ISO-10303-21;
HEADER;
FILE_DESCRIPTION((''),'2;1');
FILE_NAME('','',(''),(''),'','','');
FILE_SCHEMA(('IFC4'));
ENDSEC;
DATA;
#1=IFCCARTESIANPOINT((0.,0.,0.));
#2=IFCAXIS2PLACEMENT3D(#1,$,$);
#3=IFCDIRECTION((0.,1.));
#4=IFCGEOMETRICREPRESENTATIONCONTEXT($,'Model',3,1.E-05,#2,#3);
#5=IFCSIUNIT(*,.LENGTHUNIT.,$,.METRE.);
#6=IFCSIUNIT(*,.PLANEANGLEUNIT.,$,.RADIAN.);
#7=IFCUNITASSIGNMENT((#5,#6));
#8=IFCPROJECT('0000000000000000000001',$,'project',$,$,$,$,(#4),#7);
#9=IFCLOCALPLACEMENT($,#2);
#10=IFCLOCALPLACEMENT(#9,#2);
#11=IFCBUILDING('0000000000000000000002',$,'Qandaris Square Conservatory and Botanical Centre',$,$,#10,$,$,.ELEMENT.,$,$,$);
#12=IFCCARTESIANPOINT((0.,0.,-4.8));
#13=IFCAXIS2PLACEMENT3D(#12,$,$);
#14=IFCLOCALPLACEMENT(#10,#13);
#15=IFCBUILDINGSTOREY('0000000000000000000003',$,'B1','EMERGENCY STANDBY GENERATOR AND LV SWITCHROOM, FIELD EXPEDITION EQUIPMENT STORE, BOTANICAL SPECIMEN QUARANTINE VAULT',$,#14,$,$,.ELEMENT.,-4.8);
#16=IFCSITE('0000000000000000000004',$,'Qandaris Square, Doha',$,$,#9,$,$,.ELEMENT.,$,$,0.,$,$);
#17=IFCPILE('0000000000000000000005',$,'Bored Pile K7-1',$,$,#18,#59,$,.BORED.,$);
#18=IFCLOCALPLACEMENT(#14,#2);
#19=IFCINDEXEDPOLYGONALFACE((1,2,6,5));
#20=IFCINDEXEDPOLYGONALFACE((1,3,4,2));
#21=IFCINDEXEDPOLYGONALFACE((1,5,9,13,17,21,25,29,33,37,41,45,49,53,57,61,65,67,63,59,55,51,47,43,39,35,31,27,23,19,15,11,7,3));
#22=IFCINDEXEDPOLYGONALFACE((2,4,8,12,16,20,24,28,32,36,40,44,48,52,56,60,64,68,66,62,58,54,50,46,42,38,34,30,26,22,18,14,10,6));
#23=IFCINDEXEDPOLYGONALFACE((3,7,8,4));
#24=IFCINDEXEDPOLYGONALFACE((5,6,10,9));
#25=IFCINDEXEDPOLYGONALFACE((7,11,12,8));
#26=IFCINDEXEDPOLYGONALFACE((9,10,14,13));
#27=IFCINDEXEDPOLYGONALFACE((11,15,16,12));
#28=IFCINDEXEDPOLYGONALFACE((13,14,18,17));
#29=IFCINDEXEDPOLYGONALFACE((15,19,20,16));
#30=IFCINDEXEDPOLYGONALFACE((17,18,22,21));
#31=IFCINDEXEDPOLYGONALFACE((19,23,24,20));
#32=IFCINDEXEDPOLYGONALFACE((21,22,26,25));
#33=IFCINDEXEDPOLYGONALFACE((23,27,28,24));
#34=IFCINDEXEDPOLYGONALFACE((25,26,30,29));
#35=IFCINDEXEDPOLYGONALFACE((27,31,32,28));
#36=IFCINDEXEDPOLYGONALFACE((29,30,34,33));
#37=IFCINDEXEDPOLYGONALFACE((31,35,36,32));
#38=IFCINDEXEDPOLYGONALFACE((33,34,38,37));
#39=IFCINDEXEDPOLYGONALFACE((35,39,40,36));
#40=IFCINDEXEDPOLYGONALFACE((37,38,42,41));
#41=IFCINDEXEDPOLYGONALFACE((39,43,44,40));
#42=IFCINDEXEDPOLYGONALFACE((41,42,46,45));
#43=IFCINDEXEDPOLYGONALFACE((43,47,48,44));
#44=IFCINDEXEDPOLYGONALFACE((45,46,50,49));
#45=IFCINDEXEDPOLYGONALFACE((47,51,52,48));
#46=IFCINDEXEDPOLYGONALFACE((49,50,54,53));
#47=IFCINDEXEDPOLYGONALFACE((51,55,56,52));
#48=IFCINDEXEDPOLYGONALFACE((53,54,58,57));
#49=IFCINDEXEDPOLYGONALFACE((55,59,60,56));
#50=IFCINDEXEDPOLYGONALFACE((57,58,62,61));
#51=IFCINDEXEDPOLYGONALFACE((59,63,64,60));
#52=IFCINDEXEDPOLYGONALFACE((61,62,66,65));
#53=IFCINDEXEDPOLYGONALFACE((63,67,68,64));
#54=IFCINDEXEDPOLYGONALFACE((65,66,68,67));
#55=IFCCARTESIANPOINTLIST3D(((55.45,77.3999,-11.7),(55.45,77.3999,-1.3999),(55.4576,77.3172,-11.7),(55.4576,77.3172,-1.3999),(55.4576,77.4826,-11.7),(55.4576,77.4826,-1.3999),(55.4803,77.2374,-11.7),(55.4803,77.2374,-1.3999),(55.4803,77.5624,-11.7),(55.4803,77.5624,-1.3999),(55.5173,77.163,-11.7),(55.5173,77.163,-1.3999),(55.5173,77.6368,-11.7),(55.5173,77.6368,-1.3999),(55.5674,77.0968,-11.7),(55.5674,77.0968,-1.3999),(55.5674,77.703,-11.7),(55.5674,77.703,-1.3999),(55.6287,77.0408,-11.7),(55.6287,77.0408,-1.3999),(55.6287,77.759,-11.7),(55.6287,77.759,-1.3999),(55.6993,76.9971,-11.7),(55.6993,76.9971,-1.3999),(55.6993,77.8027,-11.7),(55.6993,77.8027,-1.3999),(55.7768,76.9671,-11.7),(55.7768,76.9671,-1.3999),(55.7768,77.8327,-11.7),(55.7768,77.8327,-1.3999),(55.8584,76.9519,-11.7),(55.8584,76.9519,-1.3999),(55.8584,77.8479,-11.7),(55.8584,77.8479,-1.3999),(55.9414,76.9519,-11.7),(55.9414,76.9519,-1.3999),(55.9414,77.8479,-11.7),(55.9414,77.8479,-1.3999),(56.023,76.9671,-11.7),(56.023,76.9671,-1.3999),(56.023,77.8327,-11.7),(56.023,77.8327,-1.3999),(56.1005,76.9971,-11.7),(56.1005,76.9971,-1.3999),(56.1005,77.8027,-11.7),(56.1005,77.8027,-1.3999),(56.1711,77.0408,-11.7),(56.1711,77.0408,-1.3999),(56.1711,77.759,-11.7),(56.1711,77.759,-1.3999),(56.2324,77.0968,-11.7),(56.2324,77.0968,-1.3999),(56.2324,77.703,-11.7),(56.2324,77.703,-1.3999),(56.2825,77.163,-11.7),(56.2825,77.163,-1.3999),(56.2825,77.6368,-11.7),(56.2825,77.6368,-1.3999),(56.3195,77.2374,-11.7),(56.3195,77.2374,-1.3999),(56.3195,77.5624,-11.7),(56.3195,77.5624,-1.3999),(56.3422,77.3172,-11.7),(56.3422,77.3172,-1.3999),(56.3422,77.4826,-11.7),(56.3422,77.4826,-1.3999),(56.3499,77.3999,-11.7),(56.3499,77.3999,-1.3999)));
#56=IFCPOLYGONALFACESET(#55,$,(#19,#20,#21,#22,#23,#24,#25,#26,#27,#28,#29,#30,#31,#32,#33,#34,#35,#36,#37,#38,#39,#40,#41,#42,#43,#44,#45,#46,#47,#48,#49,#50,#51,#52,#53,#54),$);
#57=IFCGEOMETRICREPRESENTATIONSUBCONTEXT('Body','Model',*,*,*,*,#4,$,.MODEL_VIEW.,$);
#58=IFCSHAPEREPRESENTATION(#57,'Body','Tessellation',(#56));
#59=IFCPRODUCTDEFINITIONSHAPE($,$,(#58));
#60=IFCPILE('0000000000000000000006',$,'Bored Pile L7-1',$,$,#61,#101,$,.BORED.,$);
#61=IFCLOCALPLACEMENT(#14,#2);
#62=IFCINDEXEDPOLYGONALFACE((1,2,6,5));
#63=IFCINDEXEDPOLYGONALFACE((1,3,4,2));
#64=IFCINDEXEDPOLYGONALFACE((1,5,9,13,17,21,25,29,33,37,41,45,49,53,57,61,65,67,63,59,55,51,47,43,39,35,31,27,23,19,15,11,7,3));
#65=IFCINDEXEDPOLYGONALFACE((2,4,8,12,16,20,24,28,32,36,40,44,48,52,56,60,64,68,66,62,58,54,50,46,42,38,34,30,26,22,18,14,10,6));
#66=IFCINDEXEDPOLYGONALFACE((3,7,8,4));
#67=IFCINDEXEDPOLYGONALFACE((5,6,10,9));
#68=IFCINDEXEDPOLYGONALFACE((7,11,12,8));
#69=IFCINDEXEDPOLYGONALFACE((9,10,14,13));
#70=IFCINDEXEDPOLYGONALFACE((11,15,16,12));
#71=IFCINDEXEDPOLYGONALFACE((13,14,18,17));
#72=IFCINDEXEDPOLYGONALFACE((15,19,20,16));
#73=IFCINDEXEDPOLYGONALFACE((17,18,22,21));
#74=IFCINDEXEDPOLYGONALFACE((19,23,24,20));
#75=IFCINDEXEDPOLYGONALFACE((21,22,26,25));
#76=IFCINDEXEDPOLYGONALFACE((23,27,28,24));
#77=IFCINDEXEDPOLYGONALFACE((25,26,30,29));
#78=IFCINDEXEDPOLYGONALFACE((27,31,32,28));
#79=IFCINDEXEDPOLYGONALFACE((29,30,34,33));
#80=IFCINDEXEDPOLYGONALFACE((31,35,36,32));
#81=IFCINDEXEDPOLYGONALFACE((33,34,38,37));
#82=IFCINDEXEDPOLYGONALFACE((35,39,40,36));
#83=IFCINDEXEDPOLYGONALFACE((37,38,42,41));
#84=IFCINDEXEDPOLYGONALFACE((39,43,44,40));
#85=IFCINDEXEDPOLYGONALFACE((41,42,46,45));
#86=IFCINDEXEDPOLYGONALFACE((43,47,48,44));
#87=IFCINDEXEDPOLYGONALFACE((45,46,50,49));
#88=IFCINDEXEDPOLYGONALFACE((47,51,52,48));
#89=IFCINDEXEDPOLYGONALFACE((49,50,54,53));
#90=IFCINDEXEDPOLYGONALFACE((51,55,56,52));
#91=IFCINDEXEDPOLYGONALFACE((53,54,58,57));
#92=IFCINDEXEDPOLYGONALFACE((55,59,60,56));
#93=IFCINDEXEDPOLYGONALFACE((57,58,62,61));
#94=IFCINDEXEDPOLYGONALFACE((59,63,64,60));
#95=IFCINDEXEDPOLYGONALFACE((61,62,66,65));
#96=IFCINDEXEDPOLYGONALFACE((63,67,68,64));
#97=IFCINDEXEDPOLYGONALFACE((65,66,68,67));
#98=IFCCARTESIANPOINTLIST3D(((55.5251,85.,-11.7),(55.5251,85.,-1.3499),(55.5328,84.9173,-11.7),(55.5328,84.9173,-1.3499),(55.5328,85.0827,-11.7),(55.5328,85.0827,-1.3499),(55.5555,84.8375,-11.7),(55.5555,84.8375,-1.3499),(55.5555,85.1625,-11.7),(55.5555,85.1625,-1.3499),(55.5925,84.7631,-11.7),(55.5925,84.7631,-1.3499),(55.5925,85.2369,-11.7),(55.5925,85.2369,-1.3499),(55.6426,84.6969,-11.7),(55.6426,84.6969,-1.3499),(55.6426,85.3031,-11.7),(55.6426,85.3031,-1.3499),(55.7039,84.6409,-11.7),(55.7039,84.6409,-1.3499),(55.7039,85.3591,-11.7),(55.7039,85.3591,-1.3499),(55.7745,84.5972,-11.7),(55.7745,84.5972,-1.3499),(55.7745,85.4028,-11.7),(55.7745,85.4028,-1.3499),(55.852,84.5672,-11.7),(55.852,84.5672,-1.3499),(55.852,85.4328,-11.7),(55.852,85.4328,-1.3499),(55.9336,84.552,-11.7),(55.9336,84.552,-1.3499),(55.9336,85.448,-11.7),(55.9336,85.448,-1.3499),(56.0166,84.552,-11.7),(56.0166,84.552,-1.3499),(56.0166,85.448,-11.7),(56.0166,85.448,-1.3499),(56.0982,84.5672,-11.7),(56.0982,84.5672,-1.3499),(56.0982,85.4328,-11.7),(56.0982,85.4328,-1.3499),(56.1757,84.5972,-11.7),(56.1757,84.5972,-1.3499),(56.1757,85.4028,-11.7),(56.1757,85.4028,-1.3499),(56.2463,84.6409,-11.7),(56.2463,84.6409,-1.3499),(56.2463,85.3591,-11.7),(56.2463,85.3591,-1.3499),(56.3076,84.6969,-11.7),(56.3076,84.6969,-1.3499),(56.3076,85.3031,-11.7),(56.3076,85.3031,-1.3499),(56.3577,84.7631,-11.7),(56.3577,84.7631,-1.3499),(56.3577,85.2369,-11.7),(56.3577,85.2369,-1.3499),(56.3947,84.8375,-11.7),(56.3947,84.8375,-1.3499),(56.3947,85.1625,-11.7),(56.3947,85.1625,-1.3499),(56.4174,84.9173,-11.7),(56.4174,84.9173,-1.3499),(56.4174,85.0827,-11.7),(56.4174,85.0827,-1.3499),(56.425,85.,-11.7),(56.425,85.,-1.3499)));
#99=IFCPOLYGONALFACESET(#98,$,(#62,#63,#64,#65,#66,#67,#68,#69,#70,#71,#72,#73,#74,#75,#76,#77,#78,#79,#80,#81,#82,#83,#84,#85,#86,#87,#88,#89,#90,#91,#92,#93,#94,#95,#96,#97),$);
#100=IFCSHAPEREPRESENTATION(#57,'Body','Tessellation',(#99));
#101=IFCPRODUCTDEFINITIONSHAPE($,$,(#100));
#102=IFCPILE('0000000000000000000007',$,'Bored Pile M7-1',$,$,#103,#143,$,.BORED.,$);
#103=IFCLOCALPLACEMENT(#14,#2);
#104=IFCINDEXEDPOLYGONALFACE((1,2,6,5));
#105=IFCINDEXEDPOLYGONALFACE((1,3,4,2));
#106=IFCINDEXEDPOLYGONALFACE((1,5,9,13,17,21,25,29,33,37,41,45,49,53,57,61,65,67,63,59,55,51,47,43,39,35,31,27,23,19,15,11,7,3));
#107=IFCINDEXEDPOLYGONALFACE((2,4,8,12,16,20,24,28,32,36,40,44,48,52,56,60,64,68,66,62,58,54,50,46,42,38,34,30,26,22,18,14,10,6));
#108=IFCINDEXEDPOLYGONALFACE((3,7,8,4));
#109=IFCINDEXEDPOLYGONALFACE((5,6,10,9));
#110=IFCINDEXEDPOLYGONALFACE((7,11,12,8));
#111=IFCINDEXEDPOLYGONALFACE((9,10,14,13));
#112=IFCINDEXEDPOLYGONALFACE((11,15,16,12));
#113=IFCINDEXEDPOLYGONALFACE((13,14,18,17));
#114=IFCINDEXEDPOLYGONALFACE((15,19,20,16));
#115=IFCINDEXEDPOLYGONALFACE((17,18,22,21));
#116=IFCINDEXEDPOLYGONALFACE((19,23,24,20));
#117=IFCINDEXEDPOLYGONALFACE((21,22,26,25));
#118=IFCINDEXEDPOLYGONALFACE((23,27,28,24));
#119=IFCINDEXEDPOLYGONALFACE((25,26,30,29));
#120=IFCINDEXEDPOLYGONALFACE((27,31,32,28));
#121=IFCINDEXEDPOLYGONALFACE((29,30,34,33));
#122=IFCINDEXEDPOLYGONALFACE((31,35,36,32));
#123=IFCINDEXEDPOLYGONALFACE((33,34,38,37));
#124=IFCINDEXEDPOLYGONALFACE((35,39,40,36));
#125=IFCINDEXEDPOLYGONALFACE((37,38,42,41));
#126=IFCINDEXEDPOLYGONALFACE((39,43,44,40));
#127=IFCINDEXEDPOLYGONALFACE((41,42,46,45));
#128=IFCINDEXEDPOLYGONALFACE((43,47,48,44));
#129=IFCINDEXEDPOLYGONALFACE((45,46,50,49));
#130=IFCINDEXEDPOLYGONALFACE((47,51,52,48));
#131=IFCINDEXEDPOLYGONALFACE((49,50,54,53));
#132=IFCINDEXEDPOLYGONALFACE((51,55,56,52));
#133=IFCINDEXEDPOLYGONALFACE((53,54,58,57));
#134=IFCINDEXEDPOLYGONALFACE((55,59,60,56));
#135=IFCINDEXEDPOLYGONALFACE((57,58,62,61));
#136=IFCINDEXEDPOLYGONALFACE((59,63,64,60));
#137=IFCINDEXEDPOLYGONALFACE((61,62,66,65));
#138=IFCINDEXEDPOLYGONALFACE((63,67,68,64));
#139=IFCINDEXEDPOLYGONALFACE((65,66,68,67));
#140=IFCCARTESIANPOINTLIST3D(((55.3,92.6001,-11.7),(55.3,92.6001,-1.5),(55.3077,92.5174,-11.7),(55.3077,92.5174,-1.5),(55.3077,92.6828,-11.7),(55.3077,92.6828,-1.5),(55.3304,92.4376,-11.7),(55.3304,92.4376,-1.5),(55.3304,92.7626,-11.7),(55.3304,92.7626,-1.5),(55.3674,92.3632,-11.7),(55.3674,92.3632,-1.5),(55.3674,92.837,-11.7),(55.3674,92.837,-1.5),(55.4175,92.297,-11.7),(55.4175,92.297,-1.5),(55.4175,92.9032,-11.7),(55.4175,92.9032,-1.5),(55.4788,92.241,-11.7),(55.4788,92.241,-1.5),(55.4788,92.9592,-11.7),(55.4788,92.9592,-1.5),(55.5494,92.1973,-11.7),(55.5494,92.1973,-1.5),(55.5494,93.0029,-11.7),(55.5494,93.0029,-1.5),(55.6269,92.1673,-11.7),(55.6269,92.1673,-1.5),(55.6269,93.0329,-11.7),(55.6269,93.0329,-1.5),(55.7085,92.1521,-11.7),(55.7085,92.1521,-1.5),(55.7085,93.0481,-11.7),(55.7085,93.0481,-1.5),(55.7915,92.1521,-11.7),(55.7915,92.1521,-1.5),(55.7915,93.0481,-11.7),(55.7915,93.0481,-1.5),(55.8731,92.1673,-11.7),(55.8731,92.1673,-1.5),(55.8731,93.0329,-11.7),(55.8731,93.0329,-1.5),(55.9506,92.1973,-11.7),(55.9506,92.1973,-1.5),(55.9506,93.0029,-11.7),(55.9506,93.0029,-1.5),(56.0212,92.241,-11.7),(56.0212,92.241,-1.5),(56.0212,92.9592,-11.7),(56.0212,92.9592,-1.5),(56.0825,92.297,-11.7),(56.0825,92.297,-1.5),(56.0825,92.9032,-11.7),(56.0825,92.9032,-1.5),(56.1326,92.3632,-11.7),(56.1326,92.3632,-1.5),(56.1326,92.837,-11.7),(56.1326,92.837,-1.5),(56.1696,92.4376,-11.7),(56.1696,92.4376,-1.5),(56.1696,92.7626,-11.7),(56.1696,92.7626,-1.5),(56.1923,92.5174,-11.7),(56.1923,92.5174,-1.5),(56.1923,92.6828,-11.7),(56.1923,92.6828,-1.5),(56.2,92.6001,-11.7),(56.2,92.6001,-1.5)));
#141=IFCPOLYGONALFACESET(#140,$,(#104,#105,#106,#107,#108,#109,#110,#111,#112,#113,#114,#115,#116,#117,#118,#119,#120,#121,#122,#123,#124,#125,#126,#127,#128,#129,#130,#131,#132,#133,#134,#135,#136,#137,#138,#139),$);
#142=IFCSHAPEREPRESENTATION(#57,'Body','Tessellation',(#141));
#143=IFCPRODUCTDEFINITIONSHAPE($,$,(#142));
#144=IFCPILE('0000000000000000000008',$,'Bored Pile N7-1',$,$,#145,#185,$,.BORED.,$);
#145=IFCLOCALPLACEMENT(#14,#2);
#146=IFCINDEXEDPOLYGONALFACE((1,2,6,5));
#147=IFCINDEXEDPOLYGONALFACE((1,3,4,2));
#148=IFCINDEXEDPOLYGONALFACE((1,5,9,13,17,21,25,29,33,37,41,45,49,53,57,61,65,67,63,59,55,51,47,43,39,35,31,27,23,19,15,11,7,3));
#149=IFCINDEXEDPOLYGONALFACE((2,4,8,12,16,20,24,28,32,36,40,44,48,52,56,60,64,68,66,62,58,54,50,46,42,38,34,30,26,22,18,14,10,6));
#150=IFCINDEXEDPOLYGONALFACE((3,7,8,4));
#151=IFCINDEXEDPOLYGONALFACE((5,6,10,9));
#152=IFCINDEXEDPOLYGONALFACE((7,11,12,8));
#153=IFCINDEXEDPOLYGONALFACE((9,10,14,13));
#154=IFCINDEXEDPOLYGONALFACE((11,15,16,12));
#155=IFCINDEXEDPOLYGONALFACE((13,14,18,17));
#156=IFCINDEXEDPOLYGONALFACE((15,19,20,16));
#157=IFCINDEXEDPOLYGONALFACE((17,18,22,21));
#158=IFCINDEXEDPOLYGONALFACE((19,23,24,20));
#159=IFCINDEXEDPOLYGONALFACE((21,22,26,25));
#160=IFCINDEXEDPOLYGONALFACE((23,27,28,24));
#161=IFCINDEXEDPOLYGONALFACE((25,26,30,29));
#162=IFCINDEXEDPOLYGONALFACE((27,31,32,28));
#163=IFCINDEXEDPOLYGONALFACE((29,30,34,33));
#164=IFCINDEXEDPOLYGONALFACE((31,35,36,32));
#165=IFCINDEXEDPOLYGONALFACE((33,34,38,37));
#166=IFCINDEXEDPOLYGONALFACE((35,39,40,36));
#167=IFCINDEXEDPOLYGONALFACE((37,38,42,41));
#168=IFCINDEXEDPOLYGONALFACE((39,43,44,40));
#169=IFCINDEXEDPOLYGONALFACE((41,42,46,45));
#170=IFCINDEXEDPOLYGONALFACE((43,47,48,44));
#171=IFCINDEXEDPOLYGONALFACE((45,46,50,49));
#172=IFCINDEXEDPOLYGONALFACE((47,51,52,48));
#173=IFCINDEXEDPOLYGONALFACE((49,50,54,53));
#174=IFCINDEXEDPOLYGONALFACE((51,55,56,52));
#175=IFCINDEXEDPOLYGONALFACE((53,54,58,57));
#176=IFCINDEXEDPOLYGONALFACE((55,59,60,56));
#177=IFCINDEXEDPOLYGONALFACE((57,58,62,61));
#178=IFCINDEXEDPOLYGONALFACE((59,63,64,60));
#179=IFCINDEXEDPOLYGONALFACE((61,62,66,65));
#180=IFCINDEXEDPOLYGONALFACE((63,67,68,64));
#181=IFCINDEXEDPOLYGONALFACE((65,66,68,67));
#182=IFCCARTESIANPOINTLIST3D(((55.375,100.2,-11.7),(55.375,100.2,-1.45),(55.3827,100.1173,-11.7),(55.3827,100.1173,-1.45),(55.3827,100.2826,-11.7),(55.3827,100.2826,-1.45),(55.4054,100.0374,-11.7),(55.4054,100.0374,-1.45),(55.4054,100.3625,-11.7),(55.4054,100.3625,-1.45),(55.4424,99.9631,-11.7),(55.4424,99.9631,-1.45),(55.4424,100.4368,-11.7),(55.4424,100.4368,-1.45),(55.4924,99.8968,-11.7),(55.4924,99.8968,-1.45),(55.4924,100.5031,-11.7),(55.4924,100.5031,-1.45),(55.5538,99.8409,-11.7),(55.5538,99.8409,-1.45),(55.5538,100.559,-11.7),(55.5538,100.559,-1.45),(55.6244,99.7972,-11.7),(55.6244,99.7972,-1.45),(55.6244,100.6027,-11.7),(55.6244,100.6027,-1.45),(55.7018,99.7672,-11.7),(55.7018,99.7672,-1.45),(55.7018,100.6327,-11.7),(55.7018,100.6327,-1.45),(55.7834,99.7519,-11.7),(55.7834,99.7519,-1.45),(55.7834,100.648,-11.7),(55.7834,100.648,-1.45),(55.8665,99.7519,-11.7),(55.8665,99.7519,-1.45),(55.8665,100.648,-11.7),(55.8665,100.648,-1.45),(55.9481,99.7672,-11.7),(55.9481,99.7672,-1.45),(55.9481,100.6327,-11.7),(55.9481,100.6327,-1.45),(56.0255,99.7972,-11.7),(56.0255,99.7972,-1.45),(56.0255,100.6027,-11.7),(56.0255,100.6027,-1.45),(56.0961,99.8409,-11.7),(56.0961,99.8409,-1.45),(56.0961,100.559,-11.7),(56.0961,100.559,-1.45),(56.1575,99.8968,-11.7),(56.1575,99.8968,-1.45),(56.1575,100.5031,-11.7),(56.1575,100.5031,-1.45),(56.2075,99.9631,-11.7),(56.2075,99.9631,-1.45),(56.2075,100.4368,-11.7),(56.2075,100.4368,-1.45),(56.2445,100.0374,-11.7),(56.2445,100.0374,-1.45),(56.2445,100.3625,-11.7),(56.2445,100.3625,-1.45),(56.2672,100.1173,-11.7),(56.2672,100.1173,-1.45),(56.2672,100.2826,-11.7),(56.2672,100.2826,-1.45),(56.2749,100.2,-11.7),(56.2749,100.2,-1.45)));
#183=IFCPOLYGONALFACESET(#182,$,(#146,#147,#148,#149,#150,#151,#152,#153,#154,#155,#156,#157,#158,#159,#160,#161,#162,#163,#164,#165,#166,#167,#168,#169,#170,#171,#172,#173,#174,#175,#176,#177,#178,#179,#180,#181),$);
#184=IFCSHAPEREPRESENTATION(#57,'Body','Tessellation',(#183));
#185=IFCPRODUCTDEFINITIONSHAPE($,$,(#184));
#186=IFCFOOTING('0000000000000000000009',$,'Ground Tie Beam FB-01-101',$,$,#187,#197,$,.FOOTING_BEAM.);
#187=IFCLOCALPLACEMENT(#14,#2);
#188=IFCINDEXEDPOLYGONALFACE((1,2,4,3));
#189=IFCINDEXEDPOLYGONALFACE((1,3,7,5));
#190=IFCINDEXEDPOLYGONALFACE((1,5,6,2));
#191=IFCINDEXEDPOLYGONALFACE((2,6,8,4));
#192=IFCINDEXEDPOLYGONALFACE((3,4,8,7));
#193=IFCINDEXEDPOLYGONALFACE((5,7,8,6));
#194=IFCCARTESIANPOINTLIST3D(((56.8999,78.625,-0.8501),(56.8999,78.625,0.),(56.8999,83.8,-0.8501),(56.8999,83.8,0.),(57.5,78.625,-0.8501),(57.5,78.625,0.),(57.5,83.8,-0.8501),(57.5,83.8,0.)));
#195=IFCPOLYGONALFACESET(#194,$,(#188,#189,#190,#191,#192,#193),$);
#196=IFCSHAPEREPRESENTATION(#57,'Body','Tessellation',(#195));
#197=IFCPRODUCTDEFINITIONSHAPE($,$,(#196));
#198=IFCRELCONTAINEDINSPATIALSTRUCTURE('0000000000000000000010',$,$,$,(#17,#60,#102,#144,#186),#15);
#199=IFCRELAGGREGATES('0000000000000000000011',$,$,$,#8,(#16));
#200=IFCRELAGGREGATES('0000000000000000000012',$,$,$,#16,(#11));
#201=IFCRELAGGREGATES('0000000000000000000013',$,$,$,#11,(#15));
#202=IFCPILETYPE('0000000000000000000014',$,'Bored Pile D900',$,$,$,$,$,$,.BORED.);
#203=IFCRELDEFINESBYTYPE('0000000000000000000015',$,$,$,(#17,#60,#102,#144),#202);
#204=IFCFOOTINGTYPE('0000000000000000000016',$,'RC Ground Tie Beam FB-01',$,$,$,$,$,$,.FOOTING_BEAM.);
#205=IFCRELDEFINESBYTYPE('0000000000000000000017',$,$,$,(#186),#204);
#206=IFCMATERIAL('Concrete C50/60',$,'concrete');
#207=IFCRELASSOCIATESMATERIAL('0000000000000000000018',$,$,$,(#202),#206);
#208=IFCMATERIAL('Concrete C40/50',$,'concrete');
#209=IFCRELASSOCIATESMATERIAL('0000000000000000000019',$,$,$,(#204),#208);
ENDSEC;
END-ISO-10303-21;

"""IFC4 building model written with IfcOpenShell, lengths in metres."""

from ifc_helpers import new_model, si_unit, direction, frame, origin, origin_2d, place, context, subcontext, project, spatial, rectangle, circle, extrude, material, material_profile, profile_set, type_object, element, save


model = new_model("IFC4")

# Units and contexts
model_context = context("Model", 3, precision=1e-05, world=origin(), true_north=direction((0.0, 1.0)))
body_context = subcontext(model_context, "Body", "Model", "MODEL_VIEW")
ifc_project = project(units=[si_unit("LENGTHUNIT", "METRE"), si_unit("PLANEANGLEUNIT", "RADIAN")], contexts=[model_context])

# Site, building, storey
site_placement = place(None, origin())
site = spatial("IfcSite", under=ifc_project, at=site_placement, Name="Qandaris Square, Doha", CompositionType="ELEMENT", RefElevation=0.0)
building_placement = place(site_placement, origin())
building = spatial("IfcBuilding", under=site, at=building_placement, Name="Qandaris Square Conservatory and Botanical Centre", CompositionType="ELEMENT")
storey_placement = place(building_placement, frame((0.0, 0.0, -4.8)))
storey = spatial("IfcBuildingStorey", under=building, at=storey_placement, Name="B1", Description="EMERGENCY STANDBY GENERATOR AND LV SWITCHROOM, FIELD EXPEDITION EQUIPMENT STORE, BOTANICAL SPECIMEN QUARANTINE VAULT", CompositionType="ELEMENT", Elevation=-4.8)

# Piles
ifc_material_1 = material(Name="Concrete C50/60", Category="concrete")
ifc_material_profile_1 = material_profile(ifc_material_1, circle(Radius=0.45, at=origin_2d()), Name="PILE D900")
ifc_profile_set_1 = profile_set([ifc_material_profile_1], Name="Concrete C50/60")
pile_type = type_object("IfcPileType", Name="Bored Pile D900", PredefinedType="BORED", material=ifc_profile_set_1)
pile_1_placement = place(storey_placement, frame((55.8999, 77.3999, -1.3999), z_axis=(0.0, 0.0, -1.0), x_axis=(1.0, 0.0, 0.0)))
element("IfcPile", 1, at=pile_1_placement, inside=storey, type_object=pile_type, Name="Bored Pile K7-1", PredefinedType="BORED", context=body_context, shape_type="SweptSolid", body=[
    extrude(circle(Radius=0.45, at=origin_2d()), origin(), (0.0, 0.0, 1.0), 10.3),
])
pile_2_placement = place(storey_placement, frame((55.9751, 85.0, -1.3499), z_axis=(0.0, 0.0, -1.0), x_axis=(1.0, 0.0, 0.0)))
element("IfcPile", 2, at=pile_2_placement, inside=storey, type_object=pile_type, Name="Bored Pile L7-1", PredefinedType="BORED", context=body_context, shape_type="SweptSolid", body=[
    extrude(circle(Radius=0.45, at=origin_2d()), origin(), (0.0, 0.0, 1.0), 10.3501),
])
pile_3_placement = place(storey_placement, frame((55.75, 92.6001, -1.5), z_axis=(0.0, 0.0, -1.0), x_axis=(1.0, 0.0, 0.0)))
element("IfcPile", 3, at=pile_3_placement, inside=storey, type_object=pile_type, Name="Bored Pile M7-1", PredefinedType="BORED", context=body_context, shape_type="SweptSolid", body=[
    extrude(circle(Radius=0.45, at=origin_2d()), origin(), (0.0, 0.0, 1.0), 10.2),
])
pile_4_placement = place(storey_placement, frame((55.825, 100.2, -1.45), z_axis=(0.0, 0.0, -1.0), x_axis=(1.0, 0.0, 0.0)))
element("IfcPile", 4, at=pile_4_placement, inside=storey, type_object=pile_type, Name="Bored Pile N7-1", PredefinedType="BORED", context=body_context, shape_type="SweptSolid", body=[
    extrude(circle(Radius=0.45, at=origin_2d()), origin(), (0.0, 0.0, 1.0), 10.25),
])

# Footing
ifc_material_2 = material(Name="Concrete C40/50", Category="concrete")
ifc_material_profile_2 = material_profile(ifc_material_2, rectangle(XDim=0.6001, YDim=0.8501, at=origin_2d()), Name="FB 600x850")
ifc_profile_set_2 = profile_set([ifc_material_profile_2], Name="Concrete C40/50")
footing_type_1 = type_object("IfcFootingType", Name="RC Ground Tie Beam FB-01", PredefinedType="FOOTING_BEAM", material=ifc_profile_set_2)
footing_1_placement = place(storey_placement, frame((57.2, 78.625, -0.425), z_axis=(0.0, 1.0, 0.0), x_axis=(-1.0, 0.0, 0.0)))
element("IfcFooting", 5, at=footing_1_placement, inside=storey, type_object=footing_type_1, Name="Ground Tie Beam FB-01-101", PredefinedType="FOOTING_BEAM", context=body_context, shape_type="SweptSolid", body=[
    extrude(rectangle(XDim=0.6001, YDim=0.8501, at=origin_2d()), origin(), (0.0, 0.0, 1.0), 5.175),
])

save(model, "model.ifc")
